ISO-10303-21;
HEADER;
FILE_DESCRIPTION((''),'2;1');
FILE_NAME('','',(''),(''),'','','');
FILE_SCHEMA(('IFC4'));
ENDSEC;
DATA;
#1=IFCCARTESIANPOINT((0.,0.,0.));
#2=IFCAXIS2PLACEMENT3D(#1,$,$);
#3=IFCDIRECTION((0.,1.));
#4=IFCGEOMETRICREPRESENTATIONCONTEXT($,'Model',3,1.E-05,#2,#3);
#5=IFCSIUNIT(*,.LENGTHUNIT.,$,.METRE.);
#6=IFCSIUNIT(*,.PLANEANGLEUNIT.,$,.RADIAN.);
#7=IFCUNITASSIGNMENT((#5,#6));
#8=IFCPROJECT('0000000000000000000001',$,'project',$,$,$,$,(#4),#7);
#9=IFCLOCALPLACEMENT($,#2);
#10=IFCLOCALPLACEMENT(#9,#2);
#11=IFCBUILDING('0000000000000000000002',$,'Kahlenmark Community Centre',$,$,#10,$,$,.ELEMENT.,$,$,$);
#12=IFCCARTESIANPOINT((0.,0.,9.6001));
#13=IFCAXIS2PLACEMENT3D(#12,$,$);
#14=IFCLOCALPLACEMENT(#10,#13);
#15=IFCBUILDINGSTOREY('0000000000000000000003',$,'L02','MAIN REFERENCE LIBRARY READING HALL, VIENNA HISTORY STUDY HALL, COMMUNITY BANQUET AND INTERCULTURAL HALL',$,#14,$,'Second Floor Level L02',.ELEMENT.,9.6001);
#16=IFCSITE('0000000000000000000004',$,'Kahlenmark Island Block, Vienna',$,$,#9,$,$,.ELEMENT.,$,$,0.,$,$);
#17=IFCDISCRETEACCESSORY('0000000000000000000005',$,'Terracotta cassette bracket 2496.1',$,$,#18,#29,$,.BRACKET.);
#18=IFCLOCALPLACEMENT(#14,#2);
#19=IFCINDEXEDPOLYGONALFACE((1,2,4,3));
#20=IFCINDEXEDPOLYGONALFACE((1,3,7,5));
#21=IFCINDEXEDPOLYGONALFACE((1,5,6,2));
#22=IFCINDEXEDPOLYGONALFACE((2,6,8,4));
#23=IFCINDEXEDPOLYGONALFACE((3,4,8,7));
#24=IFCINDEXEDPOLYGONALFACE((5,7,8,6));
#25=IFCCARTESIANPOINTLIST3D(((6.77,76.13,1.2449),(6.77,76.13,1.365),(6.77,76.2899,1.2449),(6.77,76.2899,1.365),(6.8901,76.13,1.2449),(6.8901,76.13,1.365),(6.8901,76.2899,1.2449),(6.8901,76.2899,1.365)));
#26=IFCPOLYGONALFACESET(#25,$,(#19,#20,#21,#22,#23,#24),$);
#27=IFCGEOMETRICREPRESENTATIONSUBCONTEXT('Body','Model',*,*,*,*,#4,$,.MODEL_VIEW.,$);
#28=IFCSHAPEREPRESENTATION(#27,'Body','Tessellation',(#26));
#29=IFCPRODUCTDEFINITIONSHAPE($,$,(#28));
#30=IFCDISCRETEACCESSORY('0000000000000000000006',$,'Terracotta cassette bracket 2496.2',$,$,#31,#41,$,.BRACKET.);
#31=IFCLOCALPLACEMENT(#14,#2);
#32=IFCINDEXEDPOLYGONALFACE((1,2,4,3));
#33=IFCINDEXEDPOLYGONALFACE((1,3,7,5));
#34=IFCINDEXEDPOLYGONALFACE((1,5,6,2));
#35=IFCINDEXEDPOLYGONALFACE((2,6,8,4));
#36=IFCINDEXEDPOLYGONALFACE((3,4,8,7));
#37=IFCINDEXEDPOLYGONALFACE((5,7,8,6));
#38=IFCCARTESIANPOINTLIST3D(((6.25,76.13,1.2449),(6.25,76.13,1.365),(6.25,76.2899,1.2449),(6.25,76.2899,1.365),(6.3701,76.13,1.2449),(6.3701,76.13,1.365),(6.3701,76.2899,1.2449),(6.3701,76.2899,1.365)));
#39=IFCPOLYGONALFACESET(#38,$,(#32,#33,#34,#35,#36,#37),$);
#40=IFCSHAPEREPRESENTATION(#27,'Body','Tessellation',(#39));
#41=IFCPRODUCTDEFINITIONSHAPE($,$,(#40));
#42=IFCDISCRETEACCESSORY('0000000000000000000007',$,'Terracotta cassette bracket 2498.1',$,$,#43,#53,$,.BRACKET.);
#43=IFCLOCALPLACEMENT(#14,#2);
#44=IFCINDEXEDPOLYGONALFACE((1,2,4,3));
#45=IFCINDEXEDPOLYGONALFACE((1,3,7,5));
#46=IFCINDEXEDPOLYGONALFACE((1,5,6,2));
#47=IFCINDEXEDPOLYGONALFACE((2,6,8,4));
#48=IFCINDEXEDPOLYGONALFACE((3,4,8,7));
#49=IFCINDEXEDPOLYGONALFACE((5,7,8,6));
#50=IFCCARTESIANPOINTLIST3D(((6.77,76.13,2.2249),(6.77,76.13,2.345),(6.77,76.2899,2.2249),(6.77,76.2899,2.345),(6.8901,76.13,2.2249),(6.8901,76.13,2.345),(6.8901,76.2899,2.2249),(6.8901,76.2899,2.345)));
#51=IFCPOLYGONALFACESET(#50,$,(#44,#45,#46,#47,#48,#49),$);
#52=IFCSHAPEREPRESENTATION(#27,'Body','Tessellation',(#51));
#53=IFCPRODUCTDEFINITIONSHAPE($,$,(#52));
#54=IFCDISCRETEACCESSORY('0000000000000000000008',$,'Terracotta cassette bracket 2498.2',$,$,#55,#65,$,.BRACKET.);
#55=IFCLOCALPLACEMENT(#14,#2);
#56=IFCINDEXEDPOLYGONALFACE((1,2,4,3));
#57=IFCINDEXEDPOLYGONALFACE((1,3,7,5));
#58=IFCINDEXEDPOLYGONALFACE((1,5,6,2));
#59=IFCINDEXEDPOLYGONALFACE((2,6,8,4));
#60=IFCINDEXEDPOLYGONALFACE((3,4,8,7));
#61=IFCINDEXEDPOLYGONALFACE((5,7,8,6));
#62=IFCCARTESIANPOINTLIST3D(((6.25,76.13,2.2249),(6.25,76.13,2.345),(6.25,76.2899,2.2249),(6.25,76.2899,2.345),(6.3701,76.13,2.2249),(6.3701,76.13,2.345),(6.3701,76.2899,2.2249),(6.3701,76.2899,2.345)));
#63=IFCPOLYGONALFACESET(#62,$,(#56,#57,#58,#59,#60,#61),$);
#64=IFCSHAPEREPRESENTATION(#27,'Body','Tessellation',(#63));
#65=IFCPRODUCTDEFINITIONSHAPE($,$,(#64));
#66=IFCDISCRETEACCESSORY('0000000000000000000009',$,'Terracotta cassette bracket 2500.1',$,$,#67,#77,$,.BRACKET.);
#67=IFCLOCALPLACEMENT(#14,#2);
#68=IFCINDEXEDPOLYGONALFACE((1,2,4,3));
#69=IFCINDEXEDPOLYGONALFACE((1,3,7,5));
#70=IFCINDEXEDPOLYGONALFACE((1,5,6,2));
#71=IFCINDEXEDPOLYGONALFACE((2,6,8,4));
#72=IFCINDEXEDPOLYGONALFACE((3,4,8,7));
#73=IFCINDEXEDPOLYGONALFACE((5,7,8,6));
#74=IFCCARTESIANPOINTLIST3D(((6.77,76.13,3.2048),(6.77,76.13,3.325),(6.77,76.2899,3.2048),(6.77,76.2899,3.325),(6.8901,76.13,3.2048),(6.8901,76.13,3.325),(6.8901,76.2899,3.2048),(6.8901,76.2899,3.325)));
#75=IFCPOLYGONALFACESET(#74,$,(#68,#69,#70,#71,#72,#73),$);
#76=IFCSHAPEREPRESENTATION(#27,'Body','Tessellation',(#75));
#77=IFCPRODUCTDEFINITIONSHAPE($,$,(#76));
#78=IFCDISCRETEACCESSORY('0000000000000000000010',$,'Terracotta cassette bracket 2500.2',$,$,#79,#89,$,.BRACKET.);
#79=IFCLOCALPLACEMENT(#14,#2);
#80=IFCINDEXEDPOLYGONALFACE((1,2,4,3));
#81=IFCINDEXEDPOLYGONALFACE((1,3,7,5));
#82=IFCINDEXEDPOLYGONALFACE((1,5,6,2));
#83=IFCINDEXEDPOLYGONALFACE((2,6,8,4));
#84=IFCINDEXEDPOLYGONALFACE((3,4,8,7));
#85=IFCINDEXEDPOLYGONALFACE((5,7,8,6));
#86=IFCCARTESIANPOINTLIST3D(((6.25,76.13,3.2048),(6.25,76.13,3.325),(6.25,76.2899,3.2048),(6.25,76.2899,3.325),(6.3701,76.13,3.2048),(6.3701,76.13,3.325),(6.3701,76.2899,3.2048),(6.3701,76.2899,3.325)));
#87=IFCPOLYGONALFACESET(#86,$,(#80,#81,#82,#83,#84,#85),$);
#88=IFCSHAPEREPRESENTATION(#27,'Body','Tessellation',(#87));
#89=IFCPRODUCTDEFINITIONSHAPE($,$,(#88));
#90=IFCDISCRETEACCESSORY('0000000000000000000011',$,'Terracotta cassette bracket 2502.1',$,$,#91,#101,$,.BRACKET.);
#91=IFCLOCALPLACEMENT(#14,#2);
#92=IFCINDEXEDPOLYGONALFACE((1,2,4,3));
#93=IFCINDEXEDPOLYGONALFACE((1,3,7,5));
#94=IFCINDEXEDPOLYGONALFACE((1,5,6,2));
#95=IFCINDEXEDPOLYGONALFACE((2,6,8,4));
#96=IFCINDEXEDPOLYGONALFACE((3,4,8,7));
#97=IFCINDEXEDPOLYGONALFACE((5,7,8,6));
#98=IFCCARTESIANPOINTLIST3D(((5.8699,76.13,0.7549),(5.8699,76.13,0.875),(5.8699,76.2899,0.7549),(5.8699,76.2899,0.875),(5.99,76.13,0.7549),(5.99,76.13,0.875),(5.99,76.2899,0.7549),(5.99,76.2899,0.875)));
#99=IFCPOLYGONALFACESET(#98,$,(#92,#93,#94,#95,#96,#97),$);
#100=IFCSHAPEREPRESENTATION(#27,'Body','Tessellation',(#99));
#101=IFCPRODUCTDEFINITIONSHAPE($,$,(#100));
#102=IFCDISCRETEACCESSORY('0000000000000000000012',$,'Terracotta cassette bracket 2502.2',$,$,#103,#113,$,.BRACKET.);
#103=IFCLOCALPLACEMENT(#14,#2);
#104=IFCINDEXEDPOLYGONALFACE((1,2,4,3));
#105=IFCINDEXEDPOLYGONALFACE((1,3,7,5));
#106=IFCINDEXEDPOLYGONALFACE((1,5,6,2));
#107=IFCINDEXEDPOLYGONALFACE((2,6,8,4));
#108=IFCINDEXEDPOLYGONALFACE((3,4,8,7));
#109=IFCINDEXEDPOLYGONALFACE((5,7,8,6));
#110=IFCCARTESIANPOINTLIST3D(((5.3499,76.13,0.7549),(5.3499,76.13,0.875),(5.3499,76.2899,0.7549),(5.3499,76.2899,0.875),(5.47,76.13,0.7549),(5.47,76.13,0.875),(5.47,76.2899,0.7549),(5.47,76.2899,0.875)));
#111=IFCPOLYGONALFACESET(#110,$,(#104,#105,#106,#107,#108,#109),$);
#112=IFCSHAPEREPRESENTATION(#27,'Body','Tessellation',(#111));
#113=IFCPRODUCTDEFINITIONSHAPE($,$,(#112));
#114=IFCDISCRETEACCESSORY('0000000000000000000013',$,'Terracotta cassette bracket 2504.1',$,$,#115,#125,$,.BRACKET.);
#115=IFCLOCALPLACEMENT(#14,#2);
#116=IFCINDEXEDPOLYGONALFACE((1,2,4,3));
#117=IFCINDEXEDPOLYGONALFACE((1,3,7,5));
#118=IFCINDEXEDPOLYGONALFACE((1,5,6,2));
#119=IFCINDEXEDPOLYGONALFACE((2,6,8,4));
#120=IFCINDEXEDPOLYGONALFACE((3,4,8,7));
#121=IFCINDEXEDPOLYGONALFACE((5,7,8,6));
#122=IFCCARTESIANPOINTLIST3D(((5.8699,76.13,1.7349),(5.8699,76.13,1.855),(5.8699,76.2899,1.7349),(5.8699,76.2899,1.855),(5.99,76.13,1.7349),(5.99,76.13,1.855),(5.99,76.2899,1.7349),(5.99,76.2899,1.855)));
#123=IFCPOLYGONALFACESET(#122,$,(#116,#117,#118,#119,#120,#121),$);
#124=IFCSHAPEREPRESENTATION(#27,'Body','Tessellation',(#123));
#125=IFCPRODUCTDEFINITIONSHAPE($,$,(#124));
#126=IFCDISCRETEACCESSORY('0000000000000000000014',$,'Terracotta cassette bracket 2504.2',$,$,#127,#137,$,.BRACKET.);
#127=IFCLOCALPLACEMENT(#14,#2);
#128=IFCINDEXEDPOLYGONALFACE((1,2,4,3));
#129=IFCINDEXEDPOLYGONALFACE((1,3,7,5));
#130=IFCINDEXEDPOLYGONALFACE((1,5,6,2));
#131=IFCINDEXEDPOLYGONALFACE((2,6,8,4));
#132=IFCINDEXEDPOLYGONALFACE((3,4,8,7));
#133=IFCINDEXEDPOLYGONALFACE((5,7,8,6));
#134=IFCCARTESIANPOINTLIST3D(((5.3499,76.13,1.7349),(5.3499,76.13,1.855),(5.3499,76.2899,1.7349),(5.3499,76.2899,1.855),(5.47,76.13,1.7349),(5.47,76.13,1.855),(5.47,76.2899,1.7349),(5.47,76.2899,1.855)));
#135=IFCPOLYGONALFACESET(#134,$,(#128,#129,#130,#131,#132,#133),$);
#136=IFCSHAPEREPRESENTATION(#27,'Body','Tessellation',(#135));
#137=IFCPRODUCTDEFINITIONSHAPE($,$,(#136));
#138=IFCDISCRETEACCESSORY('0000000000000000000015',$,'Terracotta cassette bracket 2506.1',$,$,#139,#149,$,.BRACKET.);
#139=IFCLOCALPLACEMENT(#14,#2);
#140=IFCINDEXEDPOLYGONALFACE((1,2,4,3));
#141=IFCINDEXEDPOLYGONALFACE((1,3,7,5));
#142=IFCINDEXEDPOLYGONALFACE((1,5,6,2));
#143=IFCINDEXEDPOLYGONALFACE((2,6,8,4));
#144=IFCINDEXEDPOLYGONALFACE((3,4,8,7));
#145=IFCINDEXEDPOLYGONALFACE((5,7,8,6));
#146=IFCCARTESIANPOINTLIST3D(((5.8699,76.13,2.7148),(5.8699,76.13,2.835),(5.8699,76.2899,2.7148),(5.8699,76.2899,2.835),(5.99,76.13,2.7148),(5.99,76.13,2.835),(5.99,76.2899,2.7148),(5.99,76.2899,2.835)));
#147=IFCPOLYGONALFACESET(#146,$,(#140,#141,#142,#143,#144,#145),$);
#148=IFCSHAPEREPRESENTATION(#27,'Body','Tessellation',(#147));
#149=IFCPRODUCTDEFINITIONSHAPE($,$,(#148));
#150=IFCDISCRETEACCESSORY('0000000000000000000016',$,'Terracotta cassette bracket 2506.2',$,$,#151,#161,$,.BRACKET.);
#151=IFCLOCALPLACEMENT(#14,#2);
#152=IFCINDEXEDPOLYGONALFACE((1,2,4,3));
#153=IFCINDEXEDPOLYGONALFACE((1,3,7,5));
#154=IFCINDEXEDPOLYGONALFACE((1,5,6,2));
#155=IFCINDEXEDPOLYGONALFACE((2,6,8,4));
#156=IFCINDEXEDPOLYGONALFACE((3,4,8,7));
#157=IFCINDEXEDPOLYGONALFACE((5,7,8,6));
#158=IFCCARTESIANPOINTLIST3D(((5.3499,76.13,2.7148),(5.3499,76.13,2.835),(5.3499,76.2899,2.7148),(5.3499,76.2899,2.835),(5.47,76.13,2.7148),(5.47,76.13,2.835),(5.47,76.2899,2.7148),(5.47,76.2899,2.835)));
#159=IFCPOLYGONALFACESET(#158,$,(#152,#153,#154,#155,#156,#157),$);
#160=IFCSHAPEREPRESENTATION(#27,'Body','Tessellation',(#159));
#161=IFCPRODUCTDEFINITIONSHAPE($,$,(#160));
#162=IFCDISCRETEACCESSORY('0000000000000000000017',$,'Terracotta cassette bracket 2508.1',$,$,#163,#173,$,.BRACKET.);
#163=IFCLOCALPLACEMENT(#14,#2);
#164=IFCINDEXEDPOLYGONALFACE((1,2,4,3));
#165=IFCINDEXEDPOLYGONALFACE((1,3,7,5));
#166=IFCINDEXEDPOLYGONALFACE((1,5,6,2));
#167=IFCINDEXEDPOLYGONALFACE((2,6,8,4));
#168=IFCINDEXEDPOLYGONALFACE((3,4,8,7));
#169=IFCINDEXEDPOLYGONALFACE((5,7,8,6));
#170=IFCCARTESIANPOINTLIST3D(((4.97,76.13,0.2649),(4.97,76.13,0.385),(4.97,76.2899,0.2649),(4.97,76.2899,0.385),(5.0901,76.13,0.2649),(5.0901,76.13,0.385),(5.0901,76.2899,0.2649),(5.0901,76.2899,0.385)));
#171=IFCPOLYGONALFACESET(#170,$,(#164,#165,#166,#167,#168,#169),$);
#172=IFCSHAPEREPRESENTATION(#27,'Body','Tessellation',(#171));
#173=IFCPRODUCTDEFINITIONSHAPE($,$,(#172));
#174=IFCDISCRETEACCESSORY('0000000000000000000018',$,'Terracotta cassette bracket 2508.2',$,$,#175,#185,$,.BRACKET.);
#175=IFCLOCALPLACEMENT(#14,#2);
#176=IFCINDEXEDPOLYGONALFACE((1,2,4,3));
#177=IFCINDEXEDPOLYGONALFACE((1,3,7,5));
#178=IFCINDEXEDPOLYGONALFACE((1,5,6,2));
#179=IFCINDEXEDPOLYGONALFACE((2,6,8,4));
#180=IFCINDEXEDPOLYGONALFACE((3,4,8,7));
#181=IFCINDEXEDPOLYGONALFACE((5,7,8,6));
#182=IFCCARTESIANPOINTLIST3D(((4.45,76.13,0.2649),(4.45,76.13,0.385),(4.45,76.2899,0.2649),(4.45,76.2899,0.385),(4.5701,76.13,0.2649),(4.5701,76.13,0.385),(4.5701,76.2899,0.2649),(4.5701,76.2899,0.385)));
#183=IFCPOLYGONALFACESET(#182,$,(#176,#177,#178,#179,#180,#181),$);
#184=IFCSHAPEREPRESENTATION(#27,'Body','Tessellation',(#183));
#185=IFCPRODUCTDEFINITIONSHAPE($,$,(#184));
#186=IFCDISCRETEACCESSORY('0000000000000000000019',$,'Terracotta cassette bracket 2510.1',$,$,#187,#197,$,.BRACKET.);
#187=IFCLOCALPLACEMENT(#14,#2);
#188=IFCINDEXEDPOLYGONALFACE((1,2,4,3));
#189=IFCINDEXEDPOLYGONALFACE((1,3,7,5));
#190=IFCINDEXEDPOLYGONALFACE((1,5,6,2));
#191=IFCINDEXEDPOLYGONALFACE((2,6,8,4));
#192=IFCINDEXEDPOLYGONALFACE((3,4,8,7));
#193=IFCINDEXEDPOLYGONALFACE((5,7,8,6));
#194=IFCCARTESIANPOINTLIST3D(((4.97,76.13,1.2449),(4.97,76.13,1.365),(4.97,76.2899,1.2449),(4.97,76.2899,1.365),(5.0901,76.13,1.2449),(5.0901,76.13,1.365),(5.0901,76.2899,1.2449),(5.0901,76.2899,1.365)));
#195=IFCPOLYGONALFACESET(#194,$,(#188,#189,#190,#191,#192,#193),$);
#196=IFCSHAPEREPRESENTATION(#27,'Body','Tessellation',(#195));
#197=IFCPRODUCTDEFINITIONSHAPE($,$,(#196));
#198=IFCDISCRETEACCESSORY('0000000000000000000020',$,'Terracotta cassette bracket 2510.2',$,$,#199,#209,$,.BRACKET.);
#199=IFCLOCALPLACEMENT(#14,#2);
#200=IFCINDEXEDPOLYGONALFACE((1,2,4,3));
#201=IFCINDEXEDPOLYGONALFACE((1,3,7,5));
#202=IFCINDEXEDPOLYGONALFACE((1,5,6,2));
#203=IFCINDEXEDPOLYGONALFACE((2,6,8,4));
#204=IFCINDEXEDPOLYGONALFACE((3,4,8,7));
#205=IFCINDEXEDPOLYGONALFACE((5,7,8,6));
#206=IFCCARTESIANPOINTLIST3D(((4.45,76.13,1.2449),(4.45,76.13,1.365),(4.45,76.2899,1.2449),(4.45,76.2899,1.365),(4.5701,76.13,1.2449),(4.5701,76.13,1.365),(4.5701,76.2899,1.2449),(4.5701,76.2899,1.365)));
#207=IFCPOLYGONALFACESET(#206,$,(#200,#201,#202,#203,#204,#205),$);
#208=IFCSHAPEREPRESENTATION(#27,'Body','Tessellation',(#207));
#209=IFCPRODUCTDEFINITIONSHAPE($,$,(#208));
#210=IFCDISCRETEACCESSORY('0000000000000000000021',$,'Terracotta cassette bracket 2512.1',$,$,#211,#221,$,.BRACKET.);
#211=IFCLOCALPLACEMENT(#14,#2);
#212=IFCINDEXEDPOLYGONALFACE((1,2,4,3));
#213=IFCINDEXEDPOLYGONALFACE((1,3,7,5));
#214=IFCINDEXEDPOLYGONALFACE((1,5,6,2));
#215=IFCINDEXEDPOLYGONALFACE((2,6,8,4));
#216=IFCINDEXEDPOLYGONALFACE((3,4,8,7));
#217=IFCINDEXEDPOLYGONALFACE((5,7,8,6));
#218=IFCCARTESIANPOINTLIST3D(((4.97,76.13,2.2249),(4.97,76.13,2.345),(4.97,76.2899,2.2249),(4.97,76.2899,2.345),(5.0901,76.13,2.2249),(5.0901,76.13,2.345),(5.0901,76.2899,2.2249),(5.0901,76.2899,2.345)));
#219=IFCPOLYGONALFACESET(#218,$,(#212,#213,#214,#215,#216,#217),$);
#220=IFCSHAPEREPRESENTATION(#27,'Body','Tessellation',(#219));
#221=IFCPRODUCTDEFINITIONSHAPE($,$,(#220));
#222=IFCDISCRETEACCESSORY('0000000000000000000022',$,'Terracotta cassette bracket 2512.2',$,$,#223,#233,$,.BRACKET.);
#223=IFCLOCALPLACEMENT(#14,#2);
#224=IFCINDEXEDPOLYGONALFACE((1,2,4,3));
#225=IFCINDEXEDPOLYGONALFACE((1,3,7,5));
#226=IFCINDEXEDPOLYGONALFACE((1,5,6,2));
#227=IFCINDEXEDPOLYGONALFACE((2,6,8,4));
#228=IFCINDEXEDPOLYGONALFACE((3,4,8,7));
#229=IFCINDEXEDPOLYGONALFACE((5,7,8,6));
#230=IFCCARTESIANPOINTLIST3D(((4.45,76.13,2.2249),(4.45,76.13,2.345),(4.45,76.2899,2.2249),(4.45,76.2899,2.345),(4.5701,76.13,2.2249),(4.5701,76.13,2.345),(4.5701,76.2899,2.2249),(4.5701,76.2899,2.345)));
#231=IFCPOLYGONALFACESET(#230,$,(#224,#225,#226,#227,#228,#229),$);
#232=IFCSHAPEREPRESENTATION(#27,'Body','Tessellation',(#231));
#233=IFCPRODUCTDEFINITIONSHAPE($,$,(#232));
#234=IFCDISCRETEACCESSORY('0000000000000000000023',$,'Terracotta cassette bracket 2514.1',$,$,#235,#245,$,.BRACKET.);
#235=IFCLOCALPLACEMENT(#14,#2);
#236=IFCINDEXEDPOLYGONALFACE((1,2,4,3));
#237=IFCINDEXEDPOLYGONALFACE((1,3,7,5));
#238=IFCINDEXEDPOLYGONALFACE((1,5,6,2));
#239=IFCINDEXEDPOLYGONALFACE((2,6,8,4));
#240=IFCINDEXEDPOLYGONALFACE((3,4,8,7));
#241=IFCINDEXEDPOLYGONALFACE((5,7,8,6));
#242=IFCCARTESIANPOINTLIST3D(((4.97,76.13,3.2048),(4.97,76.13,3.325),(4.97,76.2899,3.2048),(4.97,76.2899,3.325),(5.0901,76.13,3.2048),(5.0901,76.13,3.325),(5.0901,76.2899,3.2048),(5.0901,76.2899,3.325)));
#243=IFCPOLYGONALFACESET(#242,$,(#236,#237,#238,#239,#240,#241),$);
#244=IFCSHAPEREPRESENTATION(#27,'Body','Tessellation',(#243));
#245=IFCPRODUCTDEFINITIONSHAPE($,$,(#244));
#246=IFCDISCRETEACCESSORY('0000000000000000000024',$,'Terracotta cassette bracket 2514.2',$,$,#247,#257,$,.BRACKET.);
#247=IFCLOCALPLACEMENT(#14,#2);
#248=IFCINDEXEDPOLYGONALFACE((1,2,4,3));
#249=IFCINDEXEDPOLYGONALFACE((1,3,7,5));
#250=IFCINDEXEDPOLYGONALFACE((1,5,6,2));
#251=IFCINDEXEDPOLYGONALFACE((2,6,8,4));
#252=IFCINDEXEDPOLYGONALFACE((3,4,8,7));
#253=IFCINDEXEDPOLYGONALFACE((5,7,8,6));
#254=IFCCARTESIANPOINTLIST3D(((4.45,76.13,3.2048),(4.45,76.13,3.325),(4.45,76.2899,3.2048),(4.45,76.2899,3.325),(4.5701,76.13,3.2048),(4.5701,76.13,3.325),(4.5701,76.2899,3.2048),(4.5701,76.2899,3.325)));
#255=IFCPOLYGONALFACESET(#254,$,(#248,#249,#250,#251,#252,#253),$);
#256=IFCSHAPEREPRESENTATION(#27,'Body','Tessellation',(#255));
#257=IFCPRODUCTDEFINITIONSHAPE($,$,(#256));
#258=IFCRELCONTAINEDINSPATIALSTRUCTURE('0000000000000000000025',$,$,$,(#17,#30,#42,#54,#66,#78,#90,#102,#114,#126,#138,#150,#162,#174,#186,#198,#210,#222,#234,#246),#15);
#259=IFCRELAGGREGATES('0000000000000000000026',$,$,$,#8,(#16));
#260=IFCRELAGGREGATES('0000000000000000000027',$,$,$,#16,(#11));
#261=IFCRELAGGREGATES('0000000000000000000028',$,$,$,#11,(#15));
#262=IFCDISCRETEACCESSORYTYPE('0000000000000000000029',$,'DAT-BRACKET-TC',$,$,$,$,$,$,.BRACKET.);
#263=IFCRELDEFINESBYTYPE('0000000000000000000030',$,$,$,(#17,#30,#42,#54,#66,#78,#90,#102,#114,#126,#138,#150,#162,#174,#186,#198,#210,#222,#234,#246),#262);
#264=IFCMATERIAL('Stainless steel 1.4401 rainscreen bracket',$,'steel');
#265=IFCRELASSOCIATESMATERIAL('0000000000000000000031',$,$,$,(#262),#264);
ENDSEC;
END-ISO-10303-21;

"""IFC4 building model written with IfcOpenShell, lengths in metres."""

from ifc_helpers import new_model, si_unit, direction, frame, origin, origin_2d, place, context, subcontext, project, spatial, rectangle, extrude, material, type_object, element, save


model = new_model("IFC4")

# Units and contexts
model_context = context("Model", 3, precision=1e-05, world=origin(), true_north=direction((0.0, 1.0)))
body_context = subcontext(model_context, "Body", "Model", "MODEL_VIEW")
ifc_project = project(units=[si_unit("LENGTHUNIT", "METRE"), si_unit("PLANEANGLEUNIT", "RADIAN")], contexts=[model_context])

# Site, building, storey
site_placement = place(None, origin())
site = spatial("IfcSite", under=ifc_project, at=site_placement, Name="Kahlenmark Island Block, Vienna", CompositionType="ELEMENT", RefElevation=0.0)
building_placement = place(site_placement, origin())
building = spatial("IfcBuilding", under=site, at=building_placement, Name="Kahlenmark Community Centre", CompositionType="ELEMENT")
storey_placement = place(building_placement, frame((0.0, 0.0, 9.6001)))
storey = spatial("IfcBuildingStorey", under=building, at=storey_placement, Name="L02", Description="MAIN REFERENCE LIBRARY READING HALL, VIENNA HISTORY STUDY HALL, COMMUNITY BANQUET AND INTERCULTURAL HALL", LongName="Second Floor Level L02", CompositionType="ELEMENT", Elevation=9.6001)

# Discrete accessories
ifc_material = material(Name="Stainless steel 1.4401 rainscreen bracket", Category="steel")
discrete_accessory_type = type_object("IfcDiscreteAccessoryType", Name="DAT-BRACKET-TC", PredefinedType="BRACKET", material=ifc_material)
for number, where, z_axis, x_axis, name in (
    (1, (6.8301, 76.21, 1.2449), (0.0, 0.0, 1.0), (-1.0, 0.0, 0.0), "Terracotta cassette bracket 2496.1"),
    (2, (6.3101, 76.21, 1.2449), (0.0, 0.0, 1.0), (-1.0, 0.0, 0.0), "Terracotta cassette bracket 2496.2"),
    (3, (6.8301, 76.21, 2.2249), (0.0, 0.0, 1.0), (-1.0, 0.0, 0.0), "Terracotta cassette bracket 2498.1"),
    (4, (6.3101, 76.21, 2.2249), (0.0, 0.0, 1.0), (-1.0, 0.0, 0.0), "Terracotta cassette bracket 2498.2"),
    (5, (6.8301, 76.21, 3.2048), (0.0, 0.0, 1.0), (-1.0, 0.0, 0.0), "Terracotta cassette bracket 2500.1"),
    (6, (6.3101, 76.21, 3.2048), (0.0, 0.0, 1.0), (-1.0, 0.0, 0.0), "Terracotta cassette bracket 2500.2"),
    (7, (5.9299, 76.21, 0.7549), (0.0, 0.0, 1.0), (-1.0, 0.0, 0.0), "Terracotta cassette bracket 2502.1"),
    (8, (5.4099, 76.21, 0.7549), (0.0, 0.0, 1.0), (-1.0, 0.0, 0.0), "Terracotta cassette bracket 2502.2"),
    (9, (5.9299, 76.21, 1.7349), (0.0, 0.0, 1.0), (-1.0, 0.0, 0.0), "Terracotta cassette bracket 2504.1"),
    (10, (5.4099, 76.21, 1.7349), (0.0, 0.0, 1.0), (-1.0, 0.0, 0.0), "Terracotta cassette bracket 2504.2"),
    (11, (5.9299, 76.21, 2.7148), (0.0, 0.0, 1.0), (-1.0, 0.0, 0.0), "Terracotta cassette bracket 2506.1"),
    (12, (5.4099, 76.21, 2.7148), (0.0, 0.0, 1.0), (-1.0, 0.0, 0.0), "Terracotta cassette bracket 2506.2"),
    (13, (5.03, 76.21, 0.2649), (0.0, 0.0, 1.0), (-1.0, 0.0, 0.0), "Terracotta cassette bracket 2508.1"),
    (14, (4.51, 76.21, 0.2649), (0.0, 0.0, 1.0), (-1.0, 0.0, 0.0), "Terracotta cassette bracket 2508.2"),
    (15, (5.03, 76.21, 1.2449), (0.0, 0.0, 1.0), (-1.0, 0.0, 0.0), "Terracotta cassette bracket 2510.1"),
    (16, (4.51, 76.21, 1.2449), (0.0, 0.0, 1.0), (-1.0, 0.0, 0.0), "Terracotta cassette bracket 2510.2"),
    (17, (5.03, 76.21, 2.2249), (0.0, 0.0, 1.0), (-1.0, 0.0, 0.0), "Terracotta cassette bracket 2512.1"),
    (18, (4.51, 76.21, 2.2249), (0.0, 0.0, 1.0), (-1.0, 0.0, 0.0), "Terracotta cassette bracket 2512.2"),
    (19, (5.03, 76.21, 3.2048), (0.0, 0.0, 1.0), (-1.0, 0.0, 0.0), "Terracotta cassette bracket 2514.1"),
    (20, (4.51, 76.21, 3.2048), (0.0, 0.0, 1.0), (-1.0, 0.0, 0.0), "Terracotta cassette bracket 2514.2"),
):
    element("IfcDiscreteAccessory", number, at=place(storey_placement, frame(where, z_axis=z_axis, x_axis=x_axis)), inside=storey, type_object=discrete_accessory_type, Name=name, PredefinedType="BRACKET", context=body_context, shape_type="SweptSolid", body=[
        extrude(rectangle(XDim=0.1201, YDim=0.1599, at=origin_2d()), origin(), (0.0, 0.0, 1.0), 0.1201),
    ])

save(model, "model.ifc")
